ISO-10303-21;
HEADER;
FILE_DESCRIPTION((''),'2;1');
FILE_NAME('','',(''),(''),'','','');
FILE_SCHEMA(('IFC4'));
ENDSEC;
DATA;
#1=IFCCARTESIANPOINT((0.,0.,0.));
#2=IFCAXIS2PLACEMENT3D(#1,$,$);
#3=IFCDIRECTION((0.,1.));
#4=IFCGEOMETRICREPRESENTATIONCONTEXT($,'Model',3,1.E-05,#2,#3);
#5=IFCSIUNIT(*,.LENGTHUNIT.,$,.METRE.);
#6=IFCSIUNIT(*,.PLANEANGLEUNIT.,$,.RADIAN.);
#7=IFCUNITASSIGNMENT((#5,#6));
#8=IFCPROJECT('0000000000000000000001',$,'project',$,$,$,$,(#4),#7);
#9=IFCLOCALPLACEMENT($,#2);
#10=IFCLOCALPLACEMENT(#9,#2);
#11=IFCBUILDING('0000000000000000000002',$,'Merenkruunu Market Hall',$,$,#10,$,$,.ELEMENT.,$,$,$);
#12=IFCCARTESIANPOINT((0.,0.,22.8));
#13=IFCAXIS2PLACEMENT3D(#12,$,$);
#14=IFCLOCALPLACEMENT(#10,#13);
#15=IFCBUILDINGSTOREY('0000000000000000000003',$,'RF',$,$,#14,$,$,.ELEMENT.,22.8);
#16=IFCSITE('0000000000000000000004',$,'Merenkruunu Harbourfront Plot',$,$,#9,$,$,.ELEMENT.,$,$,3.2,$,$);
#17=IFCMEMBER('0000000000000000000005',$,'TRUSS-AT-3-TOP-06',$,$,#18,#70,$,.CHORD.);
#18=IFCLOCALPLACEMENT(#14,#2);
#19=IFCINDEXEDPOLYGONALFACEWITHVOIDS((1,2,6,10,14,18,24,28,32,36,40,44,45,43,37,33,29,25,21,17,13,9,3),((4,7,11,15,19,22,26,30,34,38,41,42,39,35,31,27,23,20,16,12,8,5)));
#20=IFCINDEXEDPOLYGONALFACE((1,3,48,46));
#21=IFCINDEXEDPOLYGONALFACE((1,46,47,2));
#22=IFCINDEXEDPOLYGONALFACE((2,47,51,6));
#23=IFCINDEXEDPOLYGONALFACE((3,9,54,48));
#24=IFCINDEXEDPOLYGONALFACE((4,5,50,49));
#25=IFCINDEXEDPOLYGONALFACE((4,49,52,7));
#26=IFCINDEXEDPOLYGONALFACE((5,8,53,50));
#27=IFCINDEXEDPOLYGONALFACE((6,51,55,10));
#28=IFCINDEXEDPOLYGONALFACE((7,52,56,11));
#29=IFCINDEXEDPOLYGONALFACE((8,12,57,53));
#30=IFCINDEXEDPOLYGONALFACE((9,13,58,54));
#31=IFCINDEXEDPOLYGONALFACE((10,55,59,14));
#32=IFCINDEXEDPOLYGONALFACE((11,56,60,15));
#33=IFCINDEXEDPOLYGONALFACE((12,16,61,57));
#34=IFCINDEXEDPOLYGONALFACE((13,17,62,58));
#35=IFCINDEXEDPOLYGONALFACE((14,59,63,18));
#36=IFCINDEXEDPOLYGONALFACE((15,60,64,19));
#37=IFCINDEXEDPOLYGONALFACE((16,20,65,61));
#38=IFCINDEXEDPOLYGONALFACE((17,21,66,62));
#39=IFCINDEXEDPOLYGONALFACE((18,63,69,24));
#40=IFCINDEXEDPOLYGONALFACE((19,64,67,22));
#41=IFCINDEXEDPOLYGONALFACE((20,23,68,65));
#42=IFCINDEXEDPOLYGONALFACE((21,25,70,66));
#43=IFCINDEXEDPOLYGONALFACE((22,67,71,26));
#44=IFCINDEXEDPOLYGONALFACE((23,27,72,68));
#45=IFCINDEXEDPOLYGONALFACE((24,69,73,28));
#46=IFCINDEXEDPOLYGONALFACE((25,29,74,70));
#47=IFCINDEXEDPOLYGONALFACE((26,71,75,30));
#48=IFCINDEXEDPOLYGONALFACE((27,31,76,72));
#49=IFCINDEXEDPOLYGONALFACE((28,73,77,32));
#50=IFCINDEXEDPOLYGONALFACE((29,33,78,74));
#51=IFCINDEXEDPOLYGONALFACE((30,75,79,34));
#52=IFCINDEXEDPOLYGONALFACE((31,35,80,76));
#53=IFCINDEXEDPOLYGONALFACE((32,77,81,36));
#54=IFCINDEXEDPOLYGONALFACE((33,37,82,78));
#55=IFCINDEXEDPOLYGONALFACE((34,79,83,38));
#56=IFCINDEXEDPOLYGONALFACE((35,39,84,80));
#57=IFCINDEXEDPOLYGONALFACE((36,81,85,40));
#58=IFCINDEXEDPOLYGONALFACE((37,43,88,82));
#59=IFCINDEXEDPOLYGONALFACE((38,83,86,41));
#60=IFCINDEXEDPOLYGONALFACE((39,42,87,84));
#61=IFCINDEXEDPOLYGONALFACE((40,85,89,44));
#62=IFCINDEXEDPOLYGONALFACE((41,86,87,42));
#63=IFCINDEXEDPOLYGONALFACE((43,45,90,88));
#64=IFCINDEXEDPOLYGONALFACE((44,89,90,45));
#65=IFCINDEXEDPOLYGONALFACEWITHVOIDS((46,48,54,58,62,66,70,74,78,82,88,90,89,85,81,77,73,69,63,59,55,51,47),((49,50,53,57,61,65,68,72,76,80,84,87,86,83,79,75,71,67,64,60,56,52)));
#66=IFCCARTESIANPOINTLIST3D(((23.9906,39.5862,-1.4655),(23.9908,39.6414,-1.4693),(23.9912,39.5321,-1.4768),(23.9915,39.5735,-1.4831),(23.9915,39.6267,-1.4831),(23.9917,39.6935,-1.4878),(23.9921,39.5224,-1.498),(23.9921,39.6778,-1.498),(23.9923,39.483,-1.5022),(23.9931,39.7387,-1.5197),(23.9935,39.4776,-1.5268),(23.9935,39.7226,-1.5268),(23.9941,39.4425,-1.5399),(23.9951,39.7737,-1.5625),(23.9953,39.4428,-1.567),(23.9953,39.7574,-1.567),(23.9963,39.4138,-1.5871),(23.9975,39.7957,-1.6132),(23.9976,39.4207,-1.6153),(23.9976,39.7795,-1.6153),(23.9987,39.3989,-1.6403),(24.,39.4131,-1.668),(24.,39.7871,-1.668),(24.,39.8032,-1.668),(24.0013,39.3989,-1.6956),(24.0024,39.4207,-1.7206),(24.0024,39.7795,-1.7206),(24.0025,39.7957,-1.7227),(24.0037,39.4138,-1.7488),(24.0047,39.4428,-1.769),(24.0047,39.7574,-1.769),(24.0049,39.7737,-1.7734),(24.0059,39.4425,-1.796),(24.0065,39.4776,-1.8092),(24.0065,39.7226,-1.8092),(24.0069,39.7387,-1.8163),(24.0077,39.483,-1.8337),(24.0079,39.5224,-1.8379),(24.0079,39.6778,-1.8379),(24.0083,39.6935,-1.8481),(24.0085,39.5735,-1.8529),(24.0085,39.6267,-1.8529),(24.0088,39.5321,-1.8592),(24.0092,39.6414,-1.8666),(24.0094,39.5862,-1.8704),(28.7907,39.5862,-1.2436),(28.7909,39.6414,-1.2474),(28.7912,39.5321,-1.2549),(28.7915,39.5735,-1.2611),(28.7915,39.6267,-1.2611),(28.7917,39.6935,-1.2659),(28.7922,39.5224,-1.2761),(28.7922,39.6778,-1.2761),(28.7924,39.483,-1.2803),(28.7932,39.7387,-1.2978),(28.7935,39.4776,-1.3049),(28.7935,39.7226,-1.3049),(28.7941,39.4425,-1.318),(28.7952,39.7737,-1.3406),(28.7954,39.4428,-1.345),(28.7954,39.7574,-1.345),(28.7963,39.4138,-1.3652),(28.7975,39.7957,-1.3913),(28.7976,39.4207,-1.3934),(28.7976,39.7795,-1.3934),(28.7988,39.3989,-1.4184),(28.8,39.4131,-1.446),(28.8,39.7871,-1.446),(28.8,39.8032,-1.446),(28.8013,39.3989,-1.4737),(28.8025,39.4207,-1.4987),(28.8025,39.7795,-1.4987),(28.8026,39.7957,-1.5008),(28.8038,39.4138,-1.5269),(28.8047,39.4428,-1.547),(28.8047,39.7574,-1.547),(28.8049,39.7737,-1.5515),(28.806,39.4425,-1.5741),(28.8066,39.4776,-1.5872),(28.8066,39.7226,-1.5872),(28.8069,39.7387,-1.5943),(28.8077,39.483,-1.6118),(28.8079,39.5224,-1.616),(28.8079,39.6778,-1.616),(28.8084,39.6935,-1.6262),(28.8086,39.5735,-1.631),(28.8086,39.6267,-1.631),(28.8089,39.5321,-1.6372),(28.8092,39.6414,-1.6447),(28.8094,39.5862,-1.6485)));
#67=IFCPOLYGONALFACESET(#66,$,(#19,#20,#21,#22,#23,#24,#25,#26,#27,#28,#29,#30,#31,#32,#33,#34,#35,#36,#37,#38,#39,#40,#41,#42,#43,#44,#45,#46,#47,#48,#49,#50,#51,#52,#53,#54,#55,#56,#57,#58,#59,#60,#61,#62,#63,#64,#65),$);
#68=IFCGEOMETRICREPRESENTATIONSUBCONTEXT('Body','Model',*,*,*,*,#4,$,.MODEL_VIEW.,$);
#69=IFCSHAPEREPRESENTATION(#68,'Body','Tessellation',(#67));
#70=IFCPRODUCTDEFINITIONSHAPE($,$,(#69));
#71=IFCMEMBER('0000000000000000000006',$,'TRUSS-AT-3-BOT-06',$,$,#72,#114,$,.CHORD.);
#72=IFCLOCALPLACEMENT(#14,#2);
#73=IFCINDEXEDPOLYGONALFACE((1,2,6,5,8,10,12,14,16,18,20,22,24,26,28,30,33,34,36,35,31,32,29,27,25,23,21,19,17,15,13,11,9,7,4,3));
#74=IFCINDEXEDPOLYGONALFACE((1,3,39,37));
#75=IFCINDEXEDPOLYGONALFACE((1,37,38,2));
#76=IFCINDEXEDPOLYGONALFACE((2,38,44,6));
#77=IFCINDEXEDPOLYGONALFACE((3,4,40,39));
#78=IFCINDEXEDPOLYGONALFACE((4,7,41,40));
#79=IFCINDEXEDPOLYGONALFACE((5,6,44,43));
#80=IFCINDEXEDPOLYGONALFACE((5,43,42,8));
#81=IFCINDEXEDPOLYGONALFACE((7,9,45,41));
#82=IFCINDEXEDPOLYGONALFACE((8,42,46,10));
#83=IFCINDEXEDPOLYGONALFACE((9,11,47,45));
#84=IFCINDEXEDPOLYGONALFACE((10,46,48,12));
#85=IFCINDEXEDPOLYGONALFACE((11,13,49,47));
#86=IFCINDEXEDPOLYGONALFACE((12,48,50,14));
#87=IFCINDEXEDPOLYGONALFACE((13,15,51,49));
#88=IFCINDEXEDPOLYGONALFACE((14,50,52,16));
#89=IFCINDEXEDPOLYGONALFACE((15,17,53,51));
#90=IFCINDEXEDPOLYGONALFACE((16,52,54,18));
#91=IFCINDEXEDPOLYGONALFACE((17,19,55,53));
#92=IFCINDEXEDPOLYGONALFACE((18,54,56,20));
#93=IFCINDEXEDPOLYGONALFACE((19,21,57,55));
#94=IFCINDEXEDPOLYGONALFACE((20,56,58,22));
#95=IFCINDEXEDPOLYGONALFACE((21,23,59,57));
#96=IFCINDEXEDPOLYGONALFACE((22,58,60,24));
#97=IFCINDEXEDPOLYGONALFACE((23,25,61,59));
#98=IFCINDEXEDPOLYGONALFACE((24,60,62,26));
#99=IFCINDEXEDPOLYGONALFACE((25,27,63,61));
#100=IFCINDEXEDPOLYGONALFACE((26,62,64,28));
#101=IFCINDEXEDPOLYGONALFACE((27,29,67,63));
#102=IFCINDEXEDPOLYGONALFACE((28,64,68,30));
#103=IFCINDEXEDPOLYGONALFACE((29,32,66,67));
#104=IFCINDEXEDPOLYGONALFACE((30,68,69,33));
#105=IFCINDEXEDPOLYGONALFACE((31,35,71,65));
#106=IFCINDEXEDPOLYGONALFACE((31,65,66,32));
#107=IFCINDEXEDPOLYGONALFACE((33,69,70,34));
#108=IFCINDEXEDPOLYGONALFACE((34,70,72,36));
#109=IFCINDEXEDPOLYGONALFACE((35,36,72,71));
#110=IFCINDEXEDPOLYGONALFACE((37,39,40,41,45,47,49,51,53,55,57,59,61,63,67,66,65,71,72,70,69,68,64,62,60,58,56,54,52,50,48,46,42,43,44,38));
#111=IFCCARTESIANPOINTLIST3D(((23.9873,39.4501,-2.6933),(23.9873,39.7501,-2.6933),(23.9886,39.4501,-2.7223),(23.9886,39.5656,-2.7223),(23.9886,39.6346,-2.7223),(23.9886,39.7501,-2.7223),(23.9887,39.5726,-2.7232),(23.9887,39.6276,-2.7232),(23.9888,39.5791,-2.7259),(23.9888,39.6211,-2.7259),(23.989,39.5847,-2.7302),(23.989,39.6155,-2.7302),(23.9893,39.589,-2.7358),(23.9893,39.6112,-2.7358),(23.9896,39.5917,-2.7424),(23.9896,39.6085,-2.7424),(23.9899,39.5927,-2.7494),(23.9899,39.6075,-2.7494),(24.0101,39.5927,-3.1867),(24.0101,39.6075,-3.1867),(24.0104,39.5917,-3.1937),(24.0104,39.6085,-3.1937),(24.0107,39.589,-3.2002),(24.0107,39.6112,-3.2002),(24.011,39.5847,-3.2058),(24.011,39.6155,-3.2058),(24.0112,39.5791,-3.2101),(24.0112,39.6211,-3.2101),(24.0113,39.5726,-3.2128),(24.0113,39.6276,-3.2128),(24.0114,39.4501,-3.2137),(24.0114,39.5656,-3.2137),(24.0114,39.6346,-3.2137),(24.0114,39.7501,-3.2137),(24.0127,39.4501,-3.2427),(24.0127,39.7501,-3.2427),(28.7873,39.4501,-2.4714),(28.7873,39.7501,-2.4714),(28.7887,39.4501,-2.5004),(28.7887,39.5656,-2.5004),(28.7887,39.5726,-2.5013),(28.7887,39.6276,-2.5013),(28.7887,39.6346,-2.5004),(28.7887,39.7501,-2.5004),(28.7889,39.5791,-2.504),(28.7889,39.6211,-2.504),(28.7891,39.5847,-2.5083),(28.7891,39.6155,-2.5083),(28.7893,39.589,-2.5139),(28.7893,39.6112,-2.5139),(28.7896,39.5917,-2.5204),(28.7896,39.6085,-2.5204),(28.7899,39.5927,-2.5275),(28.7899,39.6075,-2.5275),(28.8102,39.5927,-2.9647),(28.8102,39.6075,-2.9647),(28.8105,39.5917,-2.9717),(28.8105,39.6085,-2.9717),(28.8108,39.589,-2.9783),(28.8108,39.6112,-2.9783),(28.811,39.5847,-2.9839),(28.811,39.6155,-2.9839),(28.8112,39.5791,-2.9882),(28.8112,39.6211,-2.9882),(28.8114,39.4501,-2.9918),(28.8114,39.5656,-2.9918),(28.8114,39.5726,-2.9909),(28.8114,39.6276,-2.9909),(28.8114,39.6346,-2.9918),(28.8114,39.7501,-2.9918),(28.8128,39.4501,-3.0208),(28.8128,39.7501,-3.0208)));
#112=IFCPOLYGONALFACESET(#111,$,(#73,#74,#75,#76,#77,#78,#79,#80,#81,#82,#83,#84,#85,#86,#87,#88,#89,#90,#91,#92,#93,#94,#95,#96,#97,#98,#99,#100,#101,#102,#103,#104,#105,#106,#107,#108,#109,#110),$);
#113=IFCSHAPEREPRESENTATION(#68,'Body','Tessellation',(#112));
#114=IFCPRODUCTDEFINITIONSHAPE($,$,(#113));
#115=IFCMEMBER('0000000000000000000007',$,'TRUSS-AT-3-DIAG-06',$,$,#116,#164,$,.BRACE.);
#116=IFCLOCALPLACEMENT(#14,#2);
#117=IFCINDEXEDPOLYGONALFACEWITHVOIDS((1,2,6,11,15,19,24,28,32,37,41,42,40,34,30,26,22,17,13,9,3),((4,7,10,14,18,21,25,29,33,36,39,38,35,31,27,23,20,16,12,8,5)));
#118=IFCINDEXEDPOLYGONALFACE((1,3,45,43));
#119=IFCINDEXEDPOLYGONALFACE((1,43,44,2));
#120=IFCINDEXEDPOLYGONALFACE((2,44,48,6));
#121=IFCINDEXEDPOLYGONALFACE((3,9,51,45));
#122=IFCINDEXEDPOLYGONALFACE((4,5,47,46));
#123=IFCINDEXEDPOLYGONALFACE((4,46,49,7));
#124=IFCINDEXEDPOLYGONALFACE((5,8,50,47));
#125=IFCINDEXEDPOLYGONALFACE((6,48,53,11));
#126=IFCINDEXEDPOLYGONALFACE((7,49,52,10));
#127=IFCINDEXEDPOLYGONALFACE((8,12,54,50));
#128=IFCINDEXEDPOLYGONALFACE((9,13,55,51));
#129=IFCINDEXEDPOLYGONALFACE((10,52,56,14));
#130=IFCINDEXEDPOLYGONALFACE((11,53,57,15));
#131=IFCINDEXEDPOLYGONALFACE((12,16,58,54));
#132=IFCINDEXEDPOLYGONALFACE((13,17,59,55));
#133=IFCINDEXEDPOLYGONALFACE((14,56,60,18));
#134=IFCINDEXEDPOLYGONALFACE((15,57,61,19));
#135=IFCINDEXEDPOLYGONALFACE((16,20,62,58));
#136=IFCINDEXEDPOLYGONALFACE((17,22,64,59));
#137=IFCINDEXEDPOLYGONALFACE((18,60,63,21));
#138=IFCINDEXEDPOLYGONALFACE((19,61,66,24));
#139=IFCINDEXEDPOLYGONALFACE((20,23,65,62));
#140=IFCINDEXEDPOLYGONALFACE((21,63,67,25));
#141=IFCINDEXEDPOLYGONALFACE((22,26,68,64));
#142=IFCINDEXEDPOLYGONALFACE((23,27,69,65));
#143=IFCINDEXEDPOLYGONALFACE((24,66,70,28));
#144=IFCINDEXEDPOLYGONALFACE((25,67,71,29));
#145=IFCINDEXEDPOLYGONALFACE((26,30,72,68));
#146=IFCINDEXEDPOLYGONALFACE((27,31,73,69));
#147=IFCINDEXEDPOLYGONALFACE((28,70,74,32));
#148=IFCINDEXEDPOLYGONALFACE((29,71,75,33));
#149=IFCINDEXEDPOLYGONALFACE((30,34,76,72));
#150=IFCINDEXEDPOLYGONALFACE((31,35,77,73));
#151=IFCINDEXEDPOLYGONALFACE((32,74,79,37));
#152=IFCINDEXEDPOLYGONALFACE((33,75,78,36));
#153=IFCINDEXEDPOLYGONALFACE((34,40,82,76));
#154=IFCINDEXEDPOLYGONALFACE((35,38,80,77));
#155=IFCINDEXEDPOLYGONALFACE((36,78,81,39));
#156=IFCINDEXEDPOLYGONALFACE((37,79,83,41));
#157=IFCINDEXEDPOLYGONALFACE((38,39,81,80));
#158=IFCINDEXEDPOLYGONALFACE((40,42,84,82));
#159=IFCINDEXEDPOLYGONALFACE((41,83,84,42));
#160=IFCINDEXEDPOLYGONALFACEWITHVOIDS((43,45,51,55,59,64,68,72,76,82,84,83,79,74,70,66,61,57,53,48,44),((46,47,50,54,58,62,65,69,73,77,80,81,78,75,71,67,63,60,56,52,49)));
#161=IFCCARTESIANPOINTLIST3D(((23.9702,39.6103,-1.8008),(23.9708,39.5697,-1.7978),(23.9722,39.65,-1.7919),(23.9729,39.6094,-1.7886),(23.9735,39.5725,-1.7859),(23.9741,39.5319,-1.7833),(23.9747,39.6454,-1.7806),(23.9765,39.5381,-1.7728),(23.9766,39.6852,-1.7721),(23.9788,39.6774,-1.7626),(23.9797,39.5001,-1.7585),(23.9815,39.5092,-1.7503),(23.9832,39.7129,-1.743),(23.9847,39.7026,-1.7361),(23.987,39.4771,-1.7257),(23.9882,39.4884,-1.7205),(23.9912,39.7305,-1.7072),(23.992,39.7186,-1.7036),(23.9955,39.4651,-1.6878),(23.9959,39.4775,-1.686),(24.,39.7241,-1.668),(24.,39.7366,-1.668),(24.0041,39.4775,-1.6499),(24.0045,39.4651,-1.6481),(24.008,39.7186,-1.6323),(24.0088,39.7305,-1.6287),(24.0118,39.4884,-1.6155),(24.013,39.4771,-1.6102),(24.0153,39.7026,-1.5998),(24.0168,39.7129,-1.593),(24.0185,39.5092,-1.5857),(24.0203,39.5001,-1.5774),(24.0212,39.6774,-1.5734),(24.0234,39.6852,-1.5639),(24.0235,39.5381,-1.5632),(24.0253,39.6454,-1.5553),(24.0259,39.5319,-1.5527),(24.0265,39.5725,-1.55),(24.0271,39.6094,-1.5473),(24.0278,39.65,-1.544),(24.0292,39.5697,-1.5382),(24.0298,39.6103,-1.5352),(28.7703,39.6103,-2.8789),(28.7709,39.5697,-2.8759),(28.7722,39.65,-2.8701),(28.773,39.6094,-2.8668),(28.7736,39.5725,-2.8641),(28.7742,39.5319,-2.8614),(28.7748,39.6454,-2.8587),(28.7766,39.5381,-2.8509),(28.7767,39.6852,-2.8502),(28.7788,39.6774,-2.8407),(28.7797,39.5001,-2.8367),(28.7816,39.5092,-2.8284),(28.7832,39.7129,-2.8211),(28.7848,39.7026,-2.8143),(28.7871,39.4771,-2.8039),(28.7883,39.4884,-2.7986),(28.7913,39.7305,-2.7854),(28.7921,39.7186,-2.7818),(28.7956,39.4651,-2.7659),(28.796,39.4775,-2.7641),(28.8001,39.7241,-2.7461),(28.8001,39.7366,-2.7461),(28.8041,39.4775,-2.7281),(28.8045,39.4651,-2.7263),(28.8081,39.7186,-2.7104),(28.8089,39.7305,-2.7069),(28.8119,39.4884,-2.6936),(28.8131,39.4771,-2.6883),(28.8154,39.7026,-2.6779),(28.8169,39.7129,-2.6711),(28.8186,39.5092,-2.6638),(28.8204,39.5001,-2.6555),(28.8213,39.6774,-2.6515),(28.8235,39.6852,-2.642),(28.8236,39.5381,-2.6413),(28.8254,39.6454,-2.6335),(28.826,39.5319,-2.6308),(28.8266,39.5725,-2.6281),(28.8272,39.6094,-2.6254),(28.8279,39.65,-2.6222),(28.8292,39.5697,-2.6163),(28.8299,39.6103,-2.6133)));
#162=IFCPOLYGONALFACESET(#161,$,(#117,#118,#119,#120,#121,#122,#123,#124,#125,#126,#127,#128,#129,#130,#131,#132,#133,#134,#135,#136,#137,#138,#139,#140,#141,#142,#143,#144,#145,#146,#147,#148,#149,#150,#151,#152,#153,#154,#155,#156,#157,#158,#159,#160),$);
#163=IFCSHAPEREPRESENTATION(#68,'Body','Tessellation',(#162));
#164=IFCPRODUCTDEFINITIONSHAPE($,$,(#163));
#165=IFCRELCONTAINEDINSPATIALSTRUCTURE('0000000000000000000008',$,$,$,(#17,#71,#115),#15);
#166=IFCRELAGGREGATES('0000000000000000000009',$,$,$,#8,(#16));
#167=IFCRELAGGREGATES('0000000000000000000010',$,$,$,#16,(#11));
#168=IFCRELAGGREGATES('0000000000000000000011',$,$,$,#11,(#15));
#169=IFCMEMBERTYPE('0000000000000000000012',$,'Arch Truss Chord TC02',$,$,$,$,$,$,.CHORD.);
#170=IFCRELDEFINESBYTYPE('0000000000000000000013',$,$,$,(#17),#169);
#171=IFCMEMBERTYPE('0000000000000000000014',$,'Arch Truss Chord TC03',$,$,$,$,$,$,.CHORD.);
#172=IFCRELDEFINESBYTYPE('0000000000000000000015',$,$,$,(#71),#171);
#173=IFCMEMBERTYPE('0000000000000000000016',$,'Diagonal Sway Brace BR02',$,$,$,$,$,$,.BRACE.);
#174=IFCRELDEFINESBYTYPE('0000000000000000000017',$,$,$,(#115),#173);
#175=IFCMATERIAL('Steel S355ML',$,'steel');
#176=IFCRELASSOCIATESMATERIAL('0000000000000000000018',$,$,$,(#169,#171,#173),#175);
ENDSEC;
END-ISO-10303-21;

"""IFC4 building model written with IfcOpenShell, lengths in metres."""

from ifc_helpers import new_model, si_unit, direction, frame, origin, origin_2d, place, context, subcontext, project, spatial, hollow_circle, i_section, extrude, material, material_profile, profile_set, type_object, element, save


model = new_model("IFC4")

# Units and contexts
model_context = context("Model", 3, precision=1e-05, world=origin(), true_north=direction((0.0, 1.0)))
body_context = subcontext(model_context, "Body", "Model", "MODEL_VIEW")
ifc_project = project(units=[si_unit("LENGTHUNIT", "METRE"), si_unit("PLANEANGLEUNIT", "RADIAN")], contexts=[model_context])

# Site, building, storey
site_placement = place(None, origin())
site = spatial("IfcSite", under=ifc_project, at=site_placement, Name="Merenkruunu Harbourfront Plot", CompositionType="ELEMENT", RefElevation=3.2)
building_placement = place(site_placement, origin())
building = spatial("IfcBuilding", under=site, at=building_placement, Name="Merenkruunu Market Hall", CompositionType="ELEMENT")
storey_placement = place(building_placement, frame((0.0, 0.0, 22.8)))
storey = spatial("IfcBuildingStorey", under=building, at=storey_placement, Name="RF", CompositionType="ELEMENT", Elevation=22.8)

# Members
ifc_material_1 = material(Name="Steel S355ML", Category="steel")
ifc_material_profile_1 = material_profile(ifc_material_1, hollow_circle(Radius=0.2031, WallThickness=0.0161, at=origin_2d()), Name="CHS 406.4x16")
ifc_profile_set_1 = profile_set([ifc_material_profile_1], Name="Steel S355ML")
member_type_1 = type_object("IfcMemberType", Name="Arch Truss Chord TC02", PredefinedType="CHORD", material=ifc_profile_set_1)
member_1_placement = place(storey_placement, frame((24.0, 39.6001, -1.668), z_axis=(0.998933, 0.0, 0.046184), x_axis=(0.0, 1.0, 0.0)))
element("IfcMember", 1, at=member_1_placement, inside=storey, type_object=member_type_1, Name="TRUSS-AT-3-TOP-06", PredefinedType="CHORD", context=body_context, shape_type="SweptSolid", body=[
    extrude(hollow_circle(Radius=0.2031, WallThickness=0.0161, at=origin_2d()), origin(), (0.0, 0.0, 1.0), 4.8052),
])
ifc_material_profile_2 = material_profile(ifc_material_1, i_section(OverallWidth=0.3, OverallDepth=0.55, WebThickness=0.0149, FlangeThickness=0.0291, FilletRadius=0.0271, at=origin_2d()), Name="HEB 550")
ifc_profile_set_2 = profile_set([ifc_material_profile_2], Name="Steel S355ML")
member_type_2 = type_object("IfcMemberType", Name="Arch Truss Chord TC03", PredefinedType="CHORD", material=ifc_profile_set_2)
member_2_placement = place(storey_placement, frame((24.0, 39.6001, -2.968), z_axis=(0.998933, 0.0, 0.046184), x_axis=(0.0, 1.0, 0.0)))
element("IfcMember", 2, at=member_2_placement, inside=storey, type_object=member_type_2, Name="TRUSS-AT-3-BOT-06", PredefinedType="CHORD", context=body_context, shape_type="SweptSolid", body=[
    extrude(i_section(OverallWidth=0.3, OverallDepth=0.55, WebThickness=0.0149, FlangeThickness=0.0291, FilletRadius=0.0271, at=origin_2d()), origin(), (0.0, 0.0, 1.0), 4.8052),
])
ifc_material_profile_3 = material_profile(ifc_material_1, hollow_circle(Radius=0.1365, WallThickness=0.0125, at=origin_2d()), Name="CHS 273x12.5")
ifc_profile_set_3 = profile_set([ifc_material_profile_3], Name="Steel S355ML")
member_type_3 = type_object("IfcMemberType", Name="Diagonal Sway Brace BR02", PredefinedType="BRACE", material=ifc_profile_set_3)
member_3_placement = place(storey_placement, frame((24.0, 39.6001, -1.668), z_axis=(0.975692, 0.0, -0.219147), x_axis=(0.0, 1.0, 0.0)))
element("IfcMember", 3, at=member_3_placement, inside=storey, type_object=member_type_3, Name="TRUSS-AT-3-DIAG-06", PredefinedType="BRACE", context=body_context, shape_type="SweptSolid", body=[
    extrude(hollow_circle(Radius=0.1365, WallThickness=0.0125, at=origin_2d()), origin(), (0.0, 0.0, 1.0), 4.9197),
])

save(model, "model.ifc")
